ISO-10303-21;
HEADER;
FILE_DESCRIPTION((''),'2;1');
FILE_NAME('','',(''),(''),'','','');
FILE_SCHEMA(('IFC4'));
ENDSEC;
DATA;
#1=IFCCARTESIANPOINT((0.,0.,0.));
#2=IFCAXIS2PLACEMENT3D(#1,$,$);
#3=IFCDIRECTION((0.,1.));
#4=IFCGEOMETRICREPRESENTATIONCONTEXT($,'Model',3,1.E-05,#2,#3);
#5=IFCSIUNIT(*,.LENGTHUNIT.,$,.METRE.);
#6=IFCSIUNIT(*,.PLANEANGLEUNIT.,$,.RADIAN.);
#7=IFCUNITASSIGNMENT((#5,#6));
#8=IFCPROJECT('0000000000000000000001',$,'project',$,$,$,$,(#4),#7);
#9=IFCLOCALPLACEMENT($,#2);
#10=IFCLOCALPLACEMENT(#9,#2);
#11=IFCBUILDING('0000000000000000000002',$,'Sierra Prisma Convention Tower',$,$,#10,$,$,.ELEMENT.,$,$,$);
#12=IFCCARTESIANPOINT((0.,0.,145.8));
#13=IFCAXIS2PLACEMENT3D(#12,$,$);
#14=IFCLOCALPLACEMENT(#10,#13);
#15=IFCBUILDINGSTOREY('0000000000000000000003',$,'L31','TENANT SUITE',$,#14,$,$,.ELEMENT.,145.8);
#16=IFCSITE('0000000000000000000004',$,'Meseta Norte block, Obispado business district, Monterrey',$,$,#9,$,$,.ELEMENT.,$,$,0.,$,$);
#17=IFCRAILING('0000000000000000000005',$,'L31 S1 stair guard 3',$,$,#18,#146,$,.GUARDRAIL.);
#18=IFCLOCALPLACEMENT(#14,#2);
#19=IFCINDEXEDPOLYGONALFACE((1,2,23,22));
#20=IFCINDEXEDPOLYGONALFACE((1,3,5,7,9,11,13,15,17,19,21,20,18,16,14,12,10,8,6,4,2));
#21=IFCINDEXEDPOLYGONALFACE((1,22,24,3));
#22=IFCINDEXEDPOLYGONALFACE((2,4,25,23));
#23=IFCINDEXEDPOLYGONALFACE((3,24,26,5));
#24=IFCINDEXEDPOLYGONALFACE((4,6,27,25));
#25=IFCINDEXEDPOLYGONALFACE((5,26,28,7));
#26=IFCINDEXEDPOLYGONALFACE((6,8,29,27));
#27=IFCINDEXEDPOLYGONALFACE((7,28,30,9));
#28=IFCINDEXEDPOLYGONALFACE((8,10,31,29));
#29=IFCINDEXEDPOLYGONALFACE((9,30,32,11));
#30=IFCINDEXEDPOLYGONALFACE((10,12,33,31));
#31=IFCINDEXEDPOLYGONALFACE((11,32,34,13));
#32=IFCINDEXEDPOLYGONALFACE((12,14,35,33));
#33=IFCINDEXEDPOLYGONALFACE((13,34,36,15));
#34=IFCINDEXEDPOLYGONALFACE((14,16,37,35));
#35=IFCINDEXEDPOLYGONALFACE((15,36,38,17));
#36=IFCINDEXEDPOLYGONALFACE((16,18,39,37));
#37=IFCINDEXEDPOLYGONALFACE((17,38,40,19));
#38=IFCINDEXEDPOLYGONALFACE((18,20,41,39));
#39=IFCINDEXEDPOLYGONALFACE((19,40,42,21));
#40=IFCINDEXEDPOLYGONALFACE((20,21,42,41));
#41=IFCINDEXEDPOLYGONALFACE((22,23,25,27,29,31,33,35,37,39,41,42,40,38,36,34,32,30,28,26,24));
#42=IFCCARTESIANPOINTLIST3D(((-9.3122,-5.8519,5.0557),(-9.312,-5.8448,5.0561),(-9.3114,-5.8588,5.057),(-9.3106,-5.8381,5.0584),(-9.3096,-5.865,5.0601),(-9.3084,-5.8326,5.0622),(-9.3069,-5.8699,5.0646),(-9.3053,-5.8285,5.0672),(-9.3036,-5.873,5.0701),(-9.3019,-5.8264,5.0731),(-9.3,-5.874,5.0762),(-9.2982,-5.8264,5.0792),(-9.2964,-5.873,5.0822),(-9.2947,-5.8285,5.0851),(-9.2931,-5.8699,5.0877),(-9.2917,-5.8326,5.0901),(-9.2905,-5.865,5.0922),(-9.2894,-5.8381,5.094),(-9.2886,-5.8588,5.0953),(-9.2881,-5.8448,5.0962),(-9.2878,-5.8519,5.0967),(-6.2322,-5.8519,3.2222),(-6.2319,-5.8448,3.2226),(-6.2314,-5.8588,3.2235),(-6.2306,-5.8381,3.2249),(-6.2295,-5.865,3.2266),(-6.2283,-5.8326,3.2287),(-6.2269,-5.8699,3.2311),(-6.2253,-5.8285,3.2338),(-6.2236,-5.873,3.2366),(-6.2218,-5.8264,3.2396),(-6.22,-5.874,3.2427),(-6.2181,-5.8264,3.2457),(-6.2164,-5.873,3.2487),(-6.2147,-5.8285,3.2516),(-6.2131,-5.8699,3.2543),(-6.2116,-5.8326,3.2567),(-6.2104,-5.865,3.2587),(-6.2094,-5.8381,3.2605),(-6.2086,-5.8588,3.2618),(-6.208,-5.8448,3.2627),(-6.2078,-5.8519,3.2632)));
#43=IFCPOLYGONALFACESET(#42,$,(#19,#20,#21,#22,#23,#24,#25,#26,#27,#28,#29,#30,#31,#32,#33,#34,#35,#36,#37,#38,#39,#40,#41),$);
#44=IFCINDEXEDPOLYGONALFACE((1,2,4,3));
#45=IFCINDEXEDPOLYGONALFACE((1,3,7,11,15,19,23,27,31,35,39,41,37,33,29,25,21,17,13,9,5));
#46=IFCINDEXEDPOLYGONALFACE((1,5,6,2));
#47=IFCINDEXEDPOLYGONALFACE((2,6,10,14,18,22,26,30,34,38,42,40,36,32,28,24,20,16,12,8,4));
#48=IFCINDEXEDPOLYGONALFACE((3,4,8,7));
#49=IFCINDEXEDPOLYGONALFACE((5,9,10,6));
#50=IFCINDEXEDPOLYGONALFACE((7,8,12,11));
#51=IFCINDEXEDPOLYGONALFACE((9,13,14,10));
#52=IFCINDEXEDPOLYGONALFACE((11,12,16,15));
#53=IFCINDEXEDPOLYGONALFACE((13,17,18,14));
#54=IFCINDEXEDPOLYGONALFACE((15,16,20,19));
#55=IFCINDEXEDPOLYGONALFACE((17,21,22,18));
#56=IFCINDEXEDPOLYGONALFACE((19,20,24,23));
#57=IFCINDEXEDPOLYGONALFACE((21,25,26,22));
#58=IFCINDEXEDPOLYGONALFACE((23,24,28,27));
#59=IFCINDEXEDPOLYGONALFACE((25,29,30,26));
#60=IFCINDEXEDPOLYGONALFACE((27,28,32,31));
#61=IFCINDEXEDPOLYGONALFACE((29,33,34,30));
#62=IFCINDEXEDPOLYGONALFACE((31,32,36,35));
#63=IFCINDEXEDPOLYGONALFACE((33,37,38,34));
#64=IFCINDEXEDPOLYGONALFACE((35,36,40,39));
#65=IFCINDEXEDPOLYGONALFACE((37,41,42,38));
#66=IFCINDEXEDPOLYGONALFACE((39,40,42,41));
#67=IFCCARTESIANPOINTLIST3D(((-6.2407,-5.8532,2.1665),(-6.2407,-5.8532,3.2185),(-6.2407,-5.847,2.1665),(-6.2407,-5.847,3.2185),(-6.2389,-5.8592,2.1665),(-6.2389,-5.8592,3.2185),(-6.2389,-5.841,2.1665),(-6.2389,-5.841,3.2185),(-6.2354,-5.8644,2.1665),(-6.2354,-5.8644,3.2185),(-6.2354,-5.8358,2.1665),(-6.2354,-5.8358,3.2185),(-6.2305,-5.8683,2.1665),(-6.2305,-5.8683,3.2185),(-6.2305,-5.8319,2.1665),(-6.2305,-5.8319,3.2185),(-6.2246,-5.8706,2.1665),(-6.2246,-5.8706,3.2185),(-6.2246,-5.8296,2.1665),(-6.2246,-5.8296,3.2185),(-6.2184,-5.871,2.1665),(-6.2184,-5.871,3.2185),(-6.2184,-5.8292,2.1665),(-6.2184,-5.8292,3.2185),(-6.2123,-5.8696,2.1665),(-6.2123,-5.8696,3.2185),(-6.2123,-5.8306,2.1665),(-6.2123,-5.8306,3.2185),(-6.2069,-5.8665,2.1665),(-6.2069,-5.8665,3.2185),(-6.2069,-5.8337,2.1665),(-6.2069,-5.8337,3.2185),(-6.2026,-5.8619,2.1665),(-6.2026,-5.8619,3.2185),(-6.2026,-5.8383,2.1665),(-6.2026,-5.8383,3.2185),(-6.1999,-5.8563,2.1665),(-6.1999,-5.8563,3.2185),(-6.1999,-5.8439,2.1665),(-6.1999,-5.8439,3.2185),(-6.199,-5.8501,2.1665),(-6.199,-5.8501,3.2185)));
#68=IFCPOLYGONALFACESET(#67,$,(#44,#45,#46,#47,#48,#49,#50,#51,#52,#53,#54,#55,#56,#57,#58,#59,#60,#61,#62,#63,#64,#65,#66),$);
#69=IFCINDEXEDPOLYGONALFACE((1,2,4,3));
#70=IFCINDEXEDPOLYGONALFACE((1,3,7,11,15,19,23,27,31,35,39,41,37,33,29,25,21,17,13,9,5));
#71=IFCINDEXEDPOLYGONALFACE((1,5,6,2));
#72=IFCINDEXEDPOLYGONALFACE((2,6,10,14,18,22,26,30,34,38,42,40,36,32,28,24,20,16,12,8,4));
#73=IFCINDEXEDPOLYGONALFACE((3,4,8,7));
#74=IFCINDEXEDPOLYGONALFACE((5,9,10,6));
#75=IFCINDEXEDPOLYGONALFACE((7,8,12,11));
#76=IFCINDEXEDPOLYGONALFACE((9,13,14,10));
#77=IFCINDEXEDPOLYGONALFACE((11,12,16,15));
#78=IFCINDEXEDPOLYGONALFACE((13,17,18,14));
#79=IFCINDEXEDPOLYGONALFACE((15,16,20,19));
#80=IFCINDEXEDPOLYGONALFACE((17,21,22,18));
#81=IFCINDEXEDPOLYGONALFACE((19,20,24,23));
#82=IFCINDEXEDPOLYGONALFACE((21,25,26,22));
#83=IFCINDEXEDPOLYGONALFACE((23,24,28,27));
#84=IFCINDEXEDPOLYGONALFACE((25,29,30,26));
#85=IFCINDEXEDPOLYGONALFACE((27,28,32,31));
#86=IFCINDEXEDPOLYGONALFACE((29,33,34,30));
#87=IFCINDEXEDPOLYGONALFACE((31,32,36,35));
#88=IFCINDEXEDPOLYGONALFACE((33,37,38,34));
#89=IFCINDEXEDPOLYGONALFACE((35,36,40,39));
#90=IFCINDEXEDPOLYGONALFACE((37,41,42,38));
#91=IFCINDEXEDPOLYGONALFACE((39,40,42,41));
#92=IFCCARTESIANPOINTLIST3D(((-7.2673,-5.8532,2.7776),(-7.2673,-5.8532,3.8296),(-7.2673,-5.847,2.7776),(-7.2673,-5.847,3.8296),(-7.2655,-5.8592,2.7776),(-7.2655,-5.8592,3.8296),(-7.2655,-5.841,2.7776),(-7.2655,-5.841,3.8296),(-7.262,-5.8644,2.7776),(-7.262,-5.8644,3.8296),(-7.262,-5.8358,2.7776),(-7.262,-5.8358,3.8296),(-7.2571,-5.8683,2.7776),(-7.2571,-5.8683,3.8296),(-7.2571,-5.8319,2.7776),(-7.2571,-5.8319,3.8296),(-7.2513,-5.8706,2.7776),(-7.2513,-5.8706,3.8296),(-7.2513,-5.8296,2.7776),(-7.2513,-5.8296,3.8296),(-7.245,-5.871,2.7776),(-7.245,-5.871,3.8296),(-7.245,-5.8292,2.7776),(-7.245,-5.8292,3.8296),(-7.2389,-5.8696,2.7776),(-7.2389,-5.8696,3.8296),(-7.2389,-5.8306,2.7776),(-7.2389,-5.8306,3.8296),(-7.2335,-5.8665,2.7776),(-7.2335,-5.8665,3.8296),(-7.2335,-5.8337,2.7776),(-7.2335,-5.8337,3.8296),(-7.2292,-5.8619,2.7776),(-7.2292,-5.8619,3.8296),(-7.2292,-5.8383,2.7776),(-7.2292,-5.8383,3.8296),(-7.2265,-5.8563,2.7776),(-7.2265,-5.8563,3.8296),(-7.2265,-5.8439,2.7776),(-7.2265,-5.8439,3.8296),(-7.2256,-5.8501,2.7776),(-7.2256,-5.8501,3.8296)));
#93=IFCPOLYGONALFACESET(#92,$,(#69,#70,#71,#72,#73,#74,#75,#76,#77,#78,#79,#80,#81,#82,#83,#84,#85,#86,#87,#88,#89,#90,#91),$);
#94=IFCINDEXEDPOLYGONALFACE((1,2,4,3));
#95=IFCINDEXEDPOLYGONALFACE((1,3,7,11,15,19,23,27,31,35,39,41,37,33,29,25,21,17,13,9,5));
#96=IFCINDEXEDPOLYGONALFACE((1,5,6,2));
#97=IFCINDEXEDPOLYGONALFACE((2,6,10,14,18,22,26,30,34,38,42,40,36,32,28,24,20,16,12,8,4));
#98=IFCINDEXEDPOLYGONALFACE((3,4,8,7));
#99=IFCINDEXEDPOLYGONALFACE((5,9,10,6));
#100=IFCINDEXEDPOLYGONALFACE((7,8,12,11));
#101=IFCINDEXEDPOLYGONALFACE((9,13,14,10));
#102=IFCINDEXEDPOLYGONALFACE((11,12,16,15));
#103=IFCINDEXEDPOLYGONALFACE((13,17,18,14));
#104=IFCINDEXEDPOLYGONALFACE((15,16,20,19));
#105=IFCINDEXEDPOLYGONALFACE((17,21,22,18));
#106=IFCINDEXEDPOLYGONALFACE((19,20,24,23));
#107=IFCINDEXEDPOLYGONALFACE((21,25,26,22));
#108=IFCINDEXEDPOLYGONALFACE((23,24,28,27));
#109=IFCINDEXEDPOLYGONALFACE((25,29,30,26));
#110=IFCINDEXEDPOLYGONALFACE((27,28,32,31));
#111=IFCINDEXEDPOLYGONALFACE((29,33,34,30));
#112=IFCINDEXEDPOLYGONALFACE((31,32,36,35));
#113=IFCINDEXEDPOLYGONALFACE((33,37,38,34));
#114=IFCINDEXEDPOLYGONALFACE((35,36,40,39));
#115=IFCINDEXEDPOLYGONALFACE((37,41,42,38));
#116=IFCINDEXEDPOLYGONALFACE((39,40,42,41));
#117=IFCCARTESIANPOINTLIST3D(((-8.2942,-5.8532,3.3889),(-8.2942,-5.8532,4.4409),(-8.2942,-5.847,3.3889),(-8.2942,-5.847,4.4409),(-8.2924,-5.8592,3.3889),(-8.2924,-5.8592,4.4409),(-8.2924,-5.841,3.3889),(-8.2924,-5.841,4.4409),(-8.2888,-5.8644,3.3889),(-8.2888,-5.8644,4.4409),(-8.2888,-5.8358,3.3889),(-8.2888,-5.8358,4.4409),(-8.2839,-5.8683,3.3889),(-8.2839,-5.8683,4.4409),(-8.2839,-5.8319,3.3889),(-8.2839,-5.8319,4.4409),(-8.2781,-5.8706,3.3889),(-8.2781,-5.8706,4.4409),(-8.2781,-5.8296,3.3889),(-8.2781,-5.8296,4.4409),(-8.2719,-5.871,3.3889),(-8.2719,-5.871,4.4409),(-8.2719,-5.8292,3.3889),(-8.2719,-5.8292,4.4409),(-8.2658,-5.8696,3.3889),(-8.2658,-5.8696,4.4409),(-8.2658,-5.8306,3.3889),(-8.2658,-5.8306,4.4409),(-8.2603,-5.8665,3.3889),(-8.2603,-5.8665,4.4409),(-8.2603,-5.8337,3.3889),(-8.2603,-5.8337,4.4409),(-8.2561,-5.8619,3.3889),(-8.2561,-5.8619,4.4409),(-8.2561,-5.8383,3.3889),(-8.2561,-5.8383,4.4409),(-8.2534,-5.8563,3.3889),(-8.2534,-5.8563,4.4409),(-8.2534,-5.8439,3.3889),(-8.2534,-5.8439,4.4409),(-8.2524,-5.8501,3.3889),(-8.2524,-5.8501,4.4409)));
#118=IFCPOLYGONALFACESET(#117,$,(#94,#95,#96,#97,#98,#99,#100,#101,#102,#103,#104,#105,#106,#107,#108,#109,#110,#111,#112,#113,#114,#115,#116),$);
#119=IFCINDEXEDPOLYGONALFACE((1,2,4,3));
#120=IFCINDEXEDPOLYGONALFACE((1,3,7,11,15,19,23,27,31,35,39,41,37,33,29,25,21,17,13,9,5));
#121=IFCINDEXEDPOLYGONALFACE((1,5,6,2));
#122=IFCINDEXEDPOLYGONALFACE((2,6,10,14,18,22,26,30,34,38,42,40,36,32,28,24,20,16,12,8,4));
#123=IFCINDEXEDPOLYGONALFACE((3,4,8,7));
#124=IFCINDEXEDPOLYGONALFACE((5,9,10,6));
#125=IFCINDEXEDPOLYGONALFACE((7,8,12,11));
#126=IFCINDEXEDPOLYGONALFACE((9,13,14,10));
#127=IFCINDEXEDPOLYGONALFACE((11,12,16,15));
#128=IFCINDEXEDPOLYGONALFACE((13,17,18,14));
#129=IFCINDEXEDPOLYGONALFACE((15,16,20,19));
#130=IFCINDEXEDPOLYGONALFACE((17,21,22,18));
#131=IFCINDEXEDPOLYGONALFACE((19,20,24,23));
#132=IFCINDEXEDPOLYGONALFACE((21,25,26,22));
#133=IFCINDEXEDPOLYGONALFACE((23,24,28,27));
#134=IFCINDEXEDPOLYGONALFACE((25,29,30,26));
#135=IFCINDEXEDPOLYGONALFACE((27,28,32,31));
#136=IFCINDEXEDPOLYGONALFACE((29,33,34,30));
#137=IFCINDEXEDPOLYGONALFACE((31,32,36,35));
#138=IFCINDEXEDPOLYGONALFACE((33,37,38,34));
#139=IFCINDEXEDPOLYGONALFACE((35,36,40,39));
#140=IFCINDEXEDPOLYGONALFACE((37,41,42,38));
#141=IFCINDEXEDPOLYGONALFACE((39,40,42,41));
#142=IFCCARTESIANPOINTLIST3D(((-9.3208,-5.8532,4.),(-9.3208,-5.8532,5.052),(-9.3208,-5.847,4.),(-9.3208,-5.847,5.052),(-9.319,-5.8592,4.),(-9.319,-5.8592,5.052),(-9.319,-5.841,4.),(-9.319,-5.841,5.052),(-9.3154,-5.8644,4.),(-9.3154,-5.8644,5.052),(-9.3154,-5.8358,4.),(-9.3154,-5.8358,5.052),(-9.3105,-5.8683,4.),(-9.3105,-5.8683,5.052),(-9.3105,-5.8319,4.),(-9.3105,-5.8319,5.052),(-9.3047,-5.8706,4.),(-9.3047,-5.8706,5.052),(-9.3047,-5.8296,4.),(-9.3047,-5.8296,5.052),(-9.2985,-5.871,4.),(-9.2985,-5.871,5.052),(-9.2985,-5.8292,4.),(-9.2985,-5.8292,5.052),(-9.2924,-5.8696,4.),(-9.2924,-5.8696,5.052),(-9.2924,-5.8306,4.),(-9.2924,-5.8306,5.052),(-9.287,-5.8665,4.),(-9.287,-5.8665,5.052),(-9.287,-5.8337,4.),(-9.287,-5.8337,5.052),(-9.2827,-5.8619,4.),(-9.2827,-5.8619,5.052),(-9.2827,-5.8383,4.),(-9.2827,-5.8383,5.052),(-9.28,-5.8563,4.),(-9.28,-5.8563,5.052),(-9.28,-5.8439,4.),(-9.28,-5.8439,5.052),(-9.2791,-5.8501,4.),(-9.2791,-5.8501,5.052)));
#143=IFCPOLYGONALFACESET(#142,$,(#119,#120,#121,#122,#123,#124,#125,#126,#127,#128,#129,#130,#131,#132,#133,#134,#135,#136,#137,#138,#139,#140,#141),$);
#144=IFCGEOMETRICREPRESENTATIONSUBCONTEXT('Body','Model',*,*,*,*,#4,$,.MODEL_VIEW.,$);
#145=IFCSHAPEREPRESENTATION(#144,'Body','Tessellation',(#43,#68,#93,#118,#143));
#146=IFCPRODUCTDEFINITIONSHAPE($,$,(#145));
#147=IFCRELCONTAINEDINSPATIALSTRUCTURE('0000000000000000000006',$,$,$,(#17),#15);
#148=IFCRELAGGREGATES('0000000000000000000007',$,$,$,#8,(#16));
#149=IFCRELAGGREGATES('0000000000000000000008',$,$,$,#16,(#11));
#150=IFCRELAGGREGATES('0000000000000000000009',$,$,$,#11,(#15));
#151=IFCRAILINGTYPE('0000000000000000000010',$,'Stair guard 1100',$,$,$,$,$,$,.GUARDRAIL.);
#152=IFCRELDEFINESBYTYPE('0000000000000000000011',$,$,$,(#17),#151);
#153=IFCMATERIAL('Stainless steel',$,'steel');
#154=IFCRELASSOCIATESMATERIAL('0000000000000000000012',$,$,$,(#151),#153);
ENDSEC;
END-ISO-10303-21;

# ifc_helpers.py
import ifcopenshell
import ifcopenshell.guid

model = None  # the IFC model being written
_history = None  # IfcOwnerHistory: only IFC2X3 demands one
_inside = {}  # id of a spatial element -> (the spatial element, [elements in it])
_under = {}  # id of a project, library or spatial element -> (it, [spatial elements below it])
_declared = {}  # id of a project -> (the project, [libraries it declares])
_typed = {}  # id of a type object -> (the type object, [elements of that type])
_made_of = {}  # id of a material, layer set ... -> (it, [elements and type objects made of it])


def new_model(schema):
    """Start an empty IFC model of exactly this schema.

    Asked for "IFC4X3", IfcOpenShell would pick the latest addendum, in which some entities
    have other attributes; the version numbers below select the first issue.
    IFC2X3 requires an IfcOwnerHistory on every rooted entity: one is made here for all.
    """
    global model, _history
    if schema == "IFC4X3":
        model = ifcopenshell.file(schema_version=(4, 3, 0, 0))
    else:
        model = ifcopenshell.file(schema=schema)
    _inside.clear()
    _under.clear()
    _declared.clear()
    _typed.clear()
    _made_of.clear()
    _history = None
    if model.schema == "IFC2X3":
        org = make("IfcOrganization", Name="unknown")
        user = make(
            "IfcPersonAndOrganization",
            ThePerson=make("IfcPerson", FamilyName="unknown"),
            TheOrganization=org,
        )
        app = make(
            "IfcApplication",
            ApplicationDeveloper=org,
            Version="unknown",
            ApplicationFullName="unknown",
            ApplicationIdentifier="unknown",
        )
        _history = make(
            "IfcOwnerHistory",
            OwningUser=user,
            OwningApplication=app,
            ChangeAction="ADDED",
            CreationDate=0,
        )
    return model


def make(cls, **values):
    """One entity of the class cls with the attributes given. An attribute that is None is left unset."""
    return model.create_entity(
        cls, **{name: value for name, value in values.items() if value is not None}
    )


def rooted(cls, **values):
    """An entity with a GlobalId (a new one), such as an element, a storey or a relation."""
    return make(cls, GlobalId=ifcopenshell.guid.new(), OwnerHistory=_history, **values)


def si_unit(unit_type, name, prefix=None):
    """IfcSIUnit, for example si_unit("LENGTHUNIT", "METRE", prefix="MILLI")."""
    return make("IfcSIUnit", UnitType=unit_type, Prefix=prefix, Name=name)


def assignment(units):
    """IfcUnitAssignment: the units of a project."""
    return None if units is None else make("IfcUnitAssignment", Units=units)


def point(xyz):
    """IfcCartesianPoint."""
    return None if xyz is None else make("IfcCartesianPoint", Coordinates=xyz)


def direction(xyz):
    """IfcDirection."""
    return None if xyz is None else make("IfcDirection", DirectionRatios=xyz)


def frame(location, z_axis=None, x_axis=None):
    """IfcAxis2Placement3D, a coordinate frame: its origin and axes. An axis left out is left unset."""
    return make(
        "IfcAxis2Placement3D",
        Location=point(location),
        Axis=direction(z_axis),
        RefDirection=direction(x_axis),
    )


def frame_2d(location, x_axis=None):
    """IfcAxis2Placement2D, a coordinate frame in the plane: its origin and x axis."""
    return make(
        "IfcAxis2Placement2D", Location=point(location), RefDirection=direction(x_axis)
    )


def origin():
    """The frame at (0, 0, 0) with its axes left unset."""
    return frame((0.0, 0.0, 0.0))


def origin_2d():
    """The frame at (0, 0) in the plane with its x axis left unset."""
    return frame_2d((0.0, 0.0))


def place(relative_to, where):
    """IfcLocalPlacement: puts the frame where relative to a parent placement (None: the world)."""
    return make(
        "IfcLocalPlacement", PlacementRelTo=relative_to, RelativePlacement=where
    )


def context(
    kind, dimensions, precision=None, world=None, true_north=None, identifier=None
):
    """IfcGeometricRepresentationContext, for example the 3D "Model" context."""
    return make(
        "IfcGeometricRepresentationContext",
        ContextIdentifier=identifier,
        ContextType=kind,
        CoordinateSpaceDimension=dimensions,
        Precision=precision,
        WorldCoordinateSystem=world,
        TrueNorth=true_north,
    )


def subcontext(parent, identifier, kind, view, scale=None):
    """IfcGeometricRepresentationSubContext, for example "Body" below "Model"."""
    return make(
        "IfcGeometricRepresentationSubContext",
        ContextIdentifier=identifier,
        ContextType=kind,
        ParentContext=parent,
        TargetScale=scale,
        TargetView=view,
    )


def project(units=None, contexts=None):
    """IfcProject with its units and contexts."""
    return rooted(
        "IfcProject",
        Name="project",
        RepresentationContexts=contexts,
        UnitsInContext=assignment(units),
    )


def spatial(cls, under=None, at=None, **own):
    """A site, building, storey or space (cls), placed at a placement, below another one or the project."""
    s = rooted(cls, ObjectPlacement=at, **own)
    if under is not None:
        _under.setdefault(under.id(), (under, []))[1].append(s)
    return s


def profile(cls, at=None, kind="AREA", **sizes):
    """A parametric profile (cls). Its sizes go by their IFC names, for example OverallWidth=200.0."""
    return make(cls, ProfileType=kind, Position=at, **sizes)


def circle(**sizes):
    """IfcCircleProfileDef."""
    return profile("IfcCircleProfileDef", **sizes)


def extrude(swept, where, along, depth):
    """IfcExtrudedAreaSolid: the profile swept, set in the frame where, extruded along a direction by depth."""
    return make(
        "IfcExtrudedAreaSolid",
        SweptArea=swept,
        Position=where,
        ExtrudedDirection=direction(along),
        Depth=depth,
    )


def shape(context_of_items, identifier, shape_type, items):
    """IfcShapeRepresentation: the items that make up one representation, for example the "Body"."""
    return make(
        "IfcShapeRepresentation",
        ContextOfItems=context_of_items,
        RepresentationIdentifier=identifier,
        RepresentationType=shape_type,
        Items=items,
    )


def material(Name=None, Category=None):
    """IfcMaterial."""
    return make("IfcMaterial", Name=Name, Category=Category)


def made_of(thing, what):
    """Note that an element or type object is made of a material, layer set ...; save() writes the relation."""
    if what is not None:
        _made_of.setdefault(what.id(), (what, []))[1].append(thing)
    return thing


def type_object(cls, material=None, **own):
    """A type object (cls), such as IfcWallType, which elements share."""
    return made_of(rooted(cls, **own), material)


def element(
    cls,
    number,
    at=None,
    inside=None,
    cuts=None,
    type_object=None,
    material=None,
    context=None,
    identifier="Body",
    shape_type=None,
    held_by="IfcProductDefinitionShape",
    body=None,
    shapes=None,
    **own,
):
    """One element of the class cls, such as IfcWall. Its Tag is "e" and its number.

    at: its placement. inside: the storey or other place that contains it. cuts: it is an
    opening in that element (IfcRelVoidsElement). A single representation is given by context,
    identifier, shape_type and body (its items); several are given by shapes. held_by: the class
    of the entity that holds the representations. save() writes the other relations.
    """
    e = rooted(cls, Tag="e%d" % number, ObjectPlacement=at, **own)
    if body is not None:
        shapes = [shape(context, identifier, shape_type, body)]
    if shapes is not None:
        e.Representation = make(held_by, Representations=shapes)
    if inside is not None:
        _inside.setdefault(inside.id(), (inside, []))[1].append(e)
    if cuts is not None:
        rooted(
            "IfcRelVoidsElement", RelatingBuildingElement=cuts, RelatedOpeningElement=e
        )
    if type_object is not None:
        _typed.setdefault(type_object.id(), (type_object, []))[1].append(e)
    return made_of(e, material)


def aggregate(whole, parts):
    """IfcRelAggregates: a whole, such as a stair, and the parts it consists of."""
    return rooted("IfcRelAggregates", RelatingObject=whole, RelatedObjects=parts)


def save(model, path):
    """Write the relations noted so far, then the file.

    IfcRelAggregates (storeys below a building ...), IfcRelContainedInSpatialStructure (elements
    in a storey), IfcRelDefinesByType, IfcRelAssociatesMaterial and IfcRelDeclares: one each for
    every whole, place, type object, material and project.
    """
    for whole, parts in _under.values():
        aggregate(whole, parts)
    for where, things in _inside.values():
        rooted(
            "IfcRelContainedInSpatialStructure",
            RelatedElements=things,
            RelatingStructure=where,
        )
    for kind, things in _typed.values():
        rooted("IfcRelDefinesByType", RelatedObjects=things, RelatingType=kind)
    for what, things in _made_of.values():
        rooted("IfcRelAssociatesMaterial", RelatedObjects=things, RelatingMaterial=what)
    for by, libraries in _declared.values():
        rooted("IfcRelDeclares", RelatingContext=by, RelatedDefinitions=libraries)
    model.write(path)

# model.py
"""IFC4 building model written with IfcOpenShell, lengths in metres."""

from ifc_helpers import new_model, si_unit, direction, frame, origin, origin_2d, place, context, subcontext, project, spatial, circle, extrude, material, type_object, element, save


model = new_model("IFC4")

# Units and contexts
model_context = context("Model", 3, precision=1e-05, world=origin(), true_north=direction((0.0, 1.0)))
body_context = subcontext(model_context, "Body", "Model", "MODEL_VIEW")
ifc_project = project(units=[si_unit("LENGTHUNIT", "METRE"), si_unit("PLANEANGLEUNIT", "RADIAN")], contexts=[model_context])

# Site, building, storey
site_placement = place(None, origin())
site = spatial("IfcSite", under=ifc_project, at=site_placement, Name="Meseta Norte block, Obispado business district, Monterrey", CompositionType="ELEMENT", RefElevation=0.0)
building_placement = place(site_placement, origin())
building = spatial("IfcBuilding", under=site, at=building_placement, Name="Sierra Prisma Convention Tower", CompositionType="ELEMENT")
storey_placement = place(building_placement, frame((0.0, 0.0, 145.8)))
storey = spatial("IfcBuildingStorey", under=building, at=storey_placement, Name="L31", Description="TENANT SUITE", CompositionType="ELEMENT", Elevation=145.8)

# Railing
ifc_material_1 = material(Name="Stainless steel", Category="steel")
railing_type_1 = type_object("IfcRailingType", Name="Stair guard 1100", PredefinedType="GUARDRAIL", material=ifc_material_1)
railing_1_placement = place(storey_placement, frame((-6.22, -5.8501, 2.1665)))
element("IfcRailing", 1, at=railing_1_placement, inside=storey, type_object=railing_type_1, Name="L31 S1 stair guard 3", PredefinedType="GUARDRAIL", context=body_context, shape_type="SweptSolid", body=[
    extrude(circle(Radius=0.0239, at=origin_2d()), frame((0.0, 0.0, 1.0762), z_axis=(-0.859279, 0.0, 0.511508), x_axis=(0.0, -1.0, 0.0)), (0.0, 0.0, 1.0), 3.5845),
    extrude(circle(Radius=0.021, at=origin_2d()), origin(), (0.0, 0.0, 1.0), 1.052),
    extrude(circle(Radius=0.021, at=origin_2d()), frame((-1.0266, 0.0, 0.6111)), (0.0, 0.0, 1.0), 1.052),
    extrude(circle(Radius=0.021, at=origin_2d()), frame((-2.0535, 0.0, 1.2224)), (0.0, 0.0, 1.0), 1.052),
    extrude(circle(Radius=0.021, at=origin_2d()), frame((-3.0801, 0.0, 1.8335)), (0.0, 0.0, 1.0), 1.052),
])

save(model, "model.ifc")
